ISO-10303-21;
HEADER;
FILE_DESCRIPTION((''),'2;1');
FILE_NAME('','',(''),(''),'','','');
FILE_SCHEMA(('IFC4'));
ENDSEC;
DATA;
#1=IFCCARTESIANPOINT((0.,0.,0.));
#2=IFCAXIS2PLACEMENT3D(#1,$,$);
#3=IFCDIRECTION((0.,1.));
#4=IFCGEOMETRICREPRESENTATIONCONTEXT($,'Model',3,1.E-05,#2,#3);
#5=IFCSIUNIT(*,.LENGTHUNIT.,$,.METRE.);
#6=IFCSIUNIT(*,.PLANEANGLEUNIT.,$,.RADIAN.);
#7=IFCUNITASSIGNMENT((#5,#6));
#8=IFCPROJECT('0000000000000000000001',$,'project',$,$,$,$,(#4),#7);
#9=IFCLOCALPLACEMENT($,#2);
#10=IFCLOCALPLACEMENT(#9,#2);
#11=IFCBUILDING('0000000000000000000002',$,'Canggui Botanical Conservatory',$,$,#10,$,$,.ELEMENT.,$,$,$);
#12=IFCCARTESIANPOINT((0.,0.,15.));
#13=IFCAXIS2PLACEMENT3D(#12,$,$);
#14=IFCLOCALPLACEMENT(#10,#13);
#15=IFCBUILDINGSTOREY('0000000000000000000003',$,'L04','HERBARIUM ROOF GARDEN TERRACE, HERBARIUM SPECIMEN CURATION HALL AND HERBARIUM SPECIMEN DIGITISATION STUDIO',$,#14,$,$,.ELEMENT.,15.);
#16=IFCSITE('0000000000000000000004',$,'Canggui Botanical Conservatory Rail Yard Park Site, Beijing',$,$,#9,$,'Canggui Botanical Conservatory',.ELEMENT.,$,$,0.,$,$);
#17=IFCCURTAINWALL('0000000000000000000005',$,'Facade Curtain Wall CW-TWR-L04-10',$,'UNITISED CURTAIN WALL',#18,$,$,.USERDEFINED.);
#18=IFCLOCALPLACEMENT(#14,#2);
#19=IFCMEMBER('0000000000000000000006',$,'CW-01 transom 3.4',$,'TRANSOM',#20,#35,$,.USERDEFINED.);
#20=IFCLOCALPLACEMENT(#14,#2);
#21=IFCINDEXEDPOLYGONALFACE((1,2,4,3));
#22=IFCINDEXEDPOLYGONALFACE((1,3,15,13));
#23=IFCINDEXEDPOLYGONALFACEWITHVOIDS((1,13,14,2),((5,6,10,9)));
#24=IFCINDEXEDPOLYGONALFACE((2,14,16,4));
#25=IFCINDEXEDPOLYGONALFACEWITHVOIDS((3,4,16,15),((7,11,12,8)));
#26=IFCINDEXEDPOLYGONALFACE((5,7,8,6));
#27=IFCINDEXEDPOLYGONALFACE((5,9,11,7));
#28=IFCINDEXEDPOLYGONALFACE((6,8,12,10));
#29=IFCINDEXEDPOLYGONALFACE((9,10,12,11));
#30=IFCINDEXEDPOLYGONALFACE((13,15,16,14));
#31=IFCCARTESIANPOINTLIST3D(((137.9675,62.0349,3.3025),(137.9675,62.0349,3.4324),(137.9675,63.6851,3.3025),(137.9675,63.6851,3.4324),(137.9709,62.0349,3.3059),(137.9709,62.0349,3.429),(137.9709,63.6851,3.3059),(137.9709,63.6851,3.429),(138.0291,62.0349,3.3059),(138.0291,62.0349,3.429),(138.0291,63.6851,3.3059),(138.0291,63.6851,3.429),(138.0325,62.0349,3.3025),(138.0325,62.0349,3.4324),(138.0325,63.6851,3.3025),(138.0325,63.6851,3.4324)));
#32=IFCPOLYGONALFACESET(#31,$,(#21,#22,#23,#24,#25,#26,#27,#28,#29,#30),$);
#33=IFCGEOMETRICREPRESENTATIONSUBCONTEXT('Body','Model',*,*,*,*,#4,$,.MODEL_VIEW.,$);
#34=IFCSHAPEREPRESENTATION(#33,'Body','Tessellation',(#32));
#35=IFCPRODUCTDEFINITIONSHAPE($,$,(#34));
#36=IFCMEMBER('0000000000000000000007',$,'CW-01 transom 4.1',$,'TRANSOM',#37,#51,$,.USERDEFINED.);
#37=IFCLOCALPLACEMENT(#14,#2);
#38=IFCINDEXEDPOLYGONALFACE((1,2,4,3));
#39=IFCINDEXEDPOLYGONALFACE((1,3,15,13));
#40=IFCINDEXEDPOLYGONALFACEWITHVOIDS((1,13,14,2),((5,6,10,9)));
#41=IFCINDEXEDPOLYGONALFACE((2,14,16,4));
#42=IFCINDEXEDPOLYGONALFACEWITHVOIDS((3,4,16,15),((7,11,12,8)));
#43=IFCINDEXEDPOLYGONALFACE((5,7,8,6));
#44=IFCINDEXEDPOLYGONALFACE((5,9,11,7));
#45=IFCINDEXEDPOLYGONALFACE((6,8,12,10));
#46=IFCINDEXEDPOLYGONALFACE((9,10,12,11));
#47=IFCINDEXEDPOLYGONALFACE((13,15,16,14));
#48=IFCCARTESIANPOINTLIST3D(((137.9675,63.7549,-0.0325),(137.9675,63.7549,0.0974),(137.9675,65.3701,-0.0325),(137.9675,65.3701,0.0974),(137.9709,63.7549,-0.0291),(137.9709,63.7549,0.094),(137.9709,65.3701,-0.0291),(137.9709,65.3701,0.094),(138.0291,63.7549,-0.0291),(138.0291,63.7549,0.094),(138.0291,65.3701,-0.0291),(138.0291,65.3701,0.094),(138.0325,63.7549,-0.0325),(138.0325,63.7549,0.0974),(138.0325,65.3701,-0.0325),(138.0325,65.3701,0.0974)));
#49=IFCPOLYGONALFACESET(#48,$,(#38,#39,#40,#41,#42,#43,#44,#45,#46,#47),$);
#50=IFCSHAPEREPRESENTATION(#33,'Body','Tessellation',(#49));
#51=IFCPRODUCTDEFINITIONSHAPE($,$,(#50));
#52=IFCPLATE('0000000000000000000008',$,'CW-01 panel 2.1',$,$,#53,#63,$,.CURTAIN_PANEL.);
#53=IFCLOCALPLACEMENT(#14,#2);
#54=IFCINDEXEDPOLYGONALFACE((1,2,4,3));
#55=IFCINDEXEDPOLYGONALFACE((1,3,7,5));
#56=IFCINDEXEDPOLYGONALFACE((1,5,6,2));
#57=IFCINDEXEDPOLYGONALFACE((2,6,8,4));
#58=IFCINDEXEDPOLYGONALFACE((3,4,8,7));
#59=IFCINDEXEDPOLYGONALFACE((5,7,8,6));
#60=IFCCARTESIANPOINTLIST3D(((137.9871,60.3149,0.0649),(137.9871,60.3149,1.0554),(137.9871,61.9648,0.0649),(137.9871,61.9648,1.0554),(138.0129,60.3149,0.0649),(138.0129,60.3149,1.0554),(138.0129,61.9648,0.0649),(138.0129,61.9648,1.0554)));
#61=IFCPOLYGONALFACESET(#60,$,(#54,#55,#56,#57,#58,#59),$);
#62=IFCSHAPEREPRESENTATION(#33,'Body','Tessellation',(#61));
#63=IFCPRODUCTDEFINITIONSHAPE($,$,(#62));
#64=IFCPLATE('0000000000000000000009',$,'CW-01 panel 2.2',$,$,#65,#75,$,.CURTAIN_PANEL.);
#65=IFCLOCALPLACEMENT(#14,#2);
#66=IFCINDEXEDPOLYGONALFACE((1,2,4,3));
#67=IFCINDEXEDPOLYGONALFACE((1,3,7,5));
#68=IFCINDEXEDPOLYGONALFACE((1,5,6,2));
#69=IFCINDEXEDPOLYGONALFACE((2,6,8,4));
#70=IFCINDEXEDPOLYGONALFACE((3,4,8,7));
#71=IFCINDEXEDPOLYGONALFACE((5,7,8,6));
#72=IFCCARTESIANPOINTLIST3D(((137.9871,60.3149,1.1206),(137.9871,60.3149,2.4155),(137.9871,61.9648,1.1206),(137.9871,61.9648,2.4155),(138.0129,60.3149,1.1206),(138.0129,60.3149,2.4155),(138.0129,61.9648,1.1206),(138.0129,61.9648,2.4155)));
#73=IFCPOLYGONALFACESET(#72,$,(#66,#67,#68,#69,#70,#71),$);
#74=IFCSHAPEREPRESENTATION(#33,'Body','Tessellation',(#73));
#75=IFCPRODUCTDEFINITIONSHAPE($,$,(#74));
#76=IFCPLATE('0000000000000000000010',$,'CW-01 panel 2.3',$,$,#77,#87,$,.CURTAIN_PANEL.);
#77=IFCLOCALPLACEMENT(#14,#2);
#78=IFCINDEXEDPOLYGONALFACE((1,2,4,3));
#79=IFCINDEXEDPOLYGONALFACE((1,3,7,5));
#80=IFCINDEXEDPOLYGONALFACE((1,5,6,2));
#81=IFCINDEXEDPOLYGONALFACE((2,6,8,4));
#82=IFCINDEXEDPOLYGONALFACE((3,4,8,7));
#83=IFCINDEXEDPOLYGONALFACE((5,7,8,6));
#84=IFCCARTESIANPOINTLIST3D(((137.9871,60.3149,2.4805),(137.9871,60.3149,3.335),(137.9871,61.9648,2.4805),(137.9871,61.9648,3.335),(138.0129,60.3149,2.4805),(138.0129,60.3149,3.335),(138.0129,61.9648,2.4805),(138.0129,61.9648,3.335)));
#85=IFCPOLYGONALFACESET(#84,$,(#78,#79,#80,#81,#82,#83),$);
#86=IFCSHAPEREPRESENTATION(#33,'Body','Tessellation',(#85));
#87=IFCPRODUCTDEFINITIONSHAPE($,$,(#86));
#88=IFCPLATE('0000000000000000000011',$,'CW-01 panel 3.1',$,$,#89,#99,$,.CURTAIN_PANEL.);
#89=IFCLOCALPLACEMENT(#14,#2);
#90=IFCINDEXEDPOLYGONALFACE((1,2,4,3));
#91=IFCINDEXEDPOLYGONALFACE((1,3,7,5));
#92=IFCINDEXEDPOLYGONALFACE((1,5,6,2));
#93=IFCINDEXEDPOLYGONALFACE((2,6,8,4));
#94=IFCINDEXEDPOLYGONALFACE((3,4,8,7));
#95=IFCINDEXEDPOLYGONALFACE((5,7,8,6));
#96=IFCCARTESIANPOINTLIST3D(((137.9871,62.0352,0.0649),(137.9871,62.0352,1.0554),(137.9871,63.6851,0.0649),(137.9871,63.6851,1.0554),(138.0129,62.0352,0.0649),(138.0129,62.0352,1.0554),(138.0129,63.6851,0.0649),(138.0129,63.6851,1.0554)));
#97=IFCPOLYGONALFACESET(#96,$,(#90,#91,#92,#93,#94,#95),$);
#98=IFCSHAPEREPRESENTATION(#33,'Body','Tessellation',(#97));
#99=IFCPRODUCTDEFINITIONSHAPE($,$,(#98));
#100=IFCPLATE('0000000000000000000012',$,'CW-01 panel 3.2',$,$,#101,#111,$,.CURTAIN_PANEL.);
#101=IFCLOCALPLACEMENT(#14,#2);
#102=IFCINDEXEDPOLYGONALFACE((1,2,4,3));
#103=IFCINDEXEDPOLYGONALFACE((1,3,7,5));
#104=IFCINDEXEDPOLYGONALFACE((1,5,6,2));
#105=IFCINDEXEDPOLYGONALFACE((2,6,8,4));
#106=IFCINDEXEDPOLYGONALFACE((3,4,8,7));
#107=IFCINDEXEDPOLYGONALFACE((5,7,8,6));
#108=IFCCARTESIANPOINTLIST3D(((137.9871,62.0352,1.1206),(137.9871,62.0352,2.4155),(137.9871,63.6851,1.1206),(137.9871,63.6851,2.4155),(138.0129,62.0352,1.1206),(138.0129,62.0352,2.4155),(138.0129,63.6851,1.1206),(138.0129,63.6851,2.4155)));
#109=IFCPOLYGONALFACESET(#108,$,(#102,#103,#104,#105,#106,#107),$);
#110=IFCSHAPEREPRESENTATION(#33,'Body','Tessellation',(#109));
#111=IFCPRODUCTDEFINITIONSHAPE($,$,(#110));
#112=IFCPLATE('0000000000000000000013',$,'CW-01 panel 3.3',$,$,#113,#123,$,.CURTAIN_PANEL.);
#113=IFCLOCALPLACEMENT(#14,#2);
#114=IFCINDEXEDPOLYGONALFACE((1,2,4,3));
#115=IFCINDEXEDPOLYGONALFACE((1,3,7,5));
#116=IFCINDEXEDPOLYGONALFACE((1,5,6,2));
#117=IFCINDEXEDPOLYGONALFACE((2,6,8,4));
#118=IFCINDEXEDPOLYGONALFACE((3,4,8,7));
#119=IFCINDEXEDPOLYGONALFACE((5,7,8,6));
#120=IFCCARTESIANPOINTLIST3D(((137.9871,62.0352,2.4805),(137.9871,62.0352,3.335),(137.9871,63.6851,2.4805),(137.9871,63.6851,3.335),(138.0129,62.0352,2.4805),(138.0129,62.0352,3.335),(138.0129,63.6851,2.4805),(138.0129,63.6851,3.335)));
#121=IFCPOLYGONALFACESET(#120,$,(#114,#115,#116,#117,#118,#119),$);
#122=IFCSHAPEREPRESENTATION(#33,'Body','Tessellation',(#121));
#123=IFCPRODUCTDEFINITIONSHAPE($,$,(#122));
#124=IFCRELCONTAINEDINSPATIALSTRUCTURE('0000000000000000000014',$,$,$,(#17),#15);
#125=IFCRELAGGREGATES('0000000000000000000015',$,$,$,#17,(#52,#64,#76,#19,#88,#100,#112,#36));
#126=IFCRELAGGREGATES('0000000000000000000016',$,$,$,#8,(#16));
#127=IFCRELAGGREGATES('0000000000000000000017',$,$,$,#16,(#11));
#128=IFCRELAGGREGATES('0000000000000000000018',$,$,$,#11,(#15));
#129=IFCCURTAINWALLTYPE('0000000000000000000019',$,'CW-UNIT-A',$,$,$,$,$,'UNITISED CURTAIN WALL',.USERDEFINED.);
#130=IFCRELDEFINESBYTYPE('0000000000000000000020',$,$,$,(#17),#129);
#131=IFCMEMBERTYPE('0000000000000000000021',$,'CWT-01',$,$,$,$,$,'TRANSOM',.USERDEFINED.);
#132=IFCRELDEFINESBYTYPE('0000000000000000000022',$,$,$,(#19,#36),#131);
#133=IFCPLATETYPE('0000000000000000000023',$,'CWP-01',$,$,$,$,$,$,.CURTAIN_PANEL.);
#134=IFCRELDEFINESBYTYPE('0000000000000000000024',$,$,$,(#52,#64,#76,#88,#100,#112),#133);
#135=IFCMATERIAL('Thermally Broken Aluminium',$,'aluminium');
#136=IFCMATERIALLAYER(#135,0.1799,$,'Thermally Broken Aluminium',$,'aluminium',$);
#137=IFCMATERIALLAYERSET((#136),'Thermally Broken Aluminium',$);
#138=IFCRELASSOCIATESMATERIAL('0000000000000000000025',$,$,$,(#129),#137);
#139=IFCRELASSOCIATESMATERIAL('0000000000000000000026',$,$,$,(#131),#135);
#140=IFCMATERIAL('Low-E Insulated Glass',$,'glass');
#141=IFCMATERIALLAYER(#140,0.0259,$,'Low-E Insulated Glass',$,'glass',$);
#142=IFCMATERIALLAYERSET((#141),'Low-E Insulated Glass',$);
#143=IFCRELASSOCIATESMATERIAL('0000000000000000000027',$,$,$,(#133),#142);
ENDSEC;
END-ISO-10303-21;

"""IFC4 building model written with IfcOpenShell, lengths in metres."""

from ifc_helpers import new_model, si_unit, direction, frame, origin, origin_2d, place, context, subcontext, project, spatial, rectangle, hollow_rectangle, extrude, material, layer, layer_set, material_profile, profile_set, type_object, element, aggregate, save


model = new_model("IFC4")

# Units and contexts
model_context = context("Model", 3, precision=1e-05, world=origin(), true_north=direction((0.0, 1.0)))
body_context = subcontext(model_context, "Body", "Model", "MODEL_VIEW")
ifc_project = project(units=[si_unit("LENGTHUNIT", "METRE"), si_unit("PLANEANGLEUNIT", "RADIAN")], contexts=[model_context])

# Site, building, storey
site_placement = place(None, origin())
site = spatial("IfcSite", under=ifc_project, at=site_placement, Name="Canggui Botanical Conservatory Rail Yard Park Site, Beijing", LongName="Canggui Botanical Conservatory", CompositionType="ELEMENT", RefElevation=0.0)
building_placement = place(site_placement, origin())
building = spatial("IfcBuilding", under=site, at=building_placement, Name="Canggui Botanical Conservatory", CompositionType="ELEMENT")
storey_placement = place(building_placement, frame((0.0, 0.0, 15.0)))
storey = spatial("IfcBuildingStorey", under=building, at=storey_placement, Name="L04", Description="HERBARIUM ROOF GARDEN TERRACE, HERBARIUM SPECIMEN CURATION HALL AND HERBARIUM SPECIMEN DIGITISATION STUDIO", CompositionType="ELEMENT", Elevation=15.0)

# Curtain wall, members, plates
ifc_material_1 = material(Name="Thermally Broken Aluminium", Category="aluminium")
ifc_layer_1 = layer(ifc_material_1, 0.1799, Name="Thermally Broken Aluminium", Category="aluminium")
ifc_layer_set_1 = layer_set([ifc_layer_1], Name="Thermally Broken Aluminium")
curtain_wall_type = type_object("IfcCurtainWallType", Name="CW-UNIT-A", ElementType="UNITISED CURTAIN WALL", PredefinedType="USERDEFINED", material=ifc_layer_set_1)
curtain_wall_placement = place(storey_placement, origin())
curtain_wall = element("IfcCurtainWall", 1, at=curtain_wall_placement, inside=storey, type_object=curtain_wall_type, Name="Facade Curtain Wall CW-TWR-L04-10", ObjectType="UNITISED CURTAIN WALL", PredefinedType="USERDEFINED")
ifc_material_profile_1 = material_profile(ifc_material_1, hollow_rectangle(XDim=0.0649, YDim=0.1299, WallThickness=0.0034, at=origin_2d()), Name="CWT 65x130x3.5")
ifc_profile_set_1 = profile_set([ifc_material_profile_1], Name="Thermally Broken Aluminium")
member_type_1 = type_object("IfcMemberType", Name="CWT-01", ElementType="TRANSOM", PredefinedType="USERDEFINED", material=ifc_profile_set_1)
member_1_placement = place(storey_placement, frame((138.0, 62.0349, 3.3674), z_axis=(0.0, 1.0, 0.0), x_axis=(-1.0, 0.0, 0.0)))
member_1 = element("IfcMember", 2, at=member_1_placement, type_object=member_type_1, Name="CW-01 transom 3.4", ObjectType="TRANSOM", PredefinedType="USERDEFINED", context=body_context, shape_type="SweptSolid", body=[
    extrude(hollow_rectangle(XDim=0.0649, YDim=0.1299, WallThickness=0.0034, at=origin_2d()), origin(), (0.0, 0.0, 1.0), 1.6501),
])
member_2_placement = place(storey_placement, frame((138.0, 63.7549, 0.0325), z_axis=(0.0, 1.0, 0.0), x_axis=(-1.0, 0.0, 0.0)))
member_2 = element("IfcMember", 3, at=member_2_placement, type_object=member_type_1, Name="CW-01 transom 4.1", ObjectType="TRANSOM", PredefinedType="USERDEFINED", context=body_context, shape_type="SweptSolid", body=[
    extrude(hollow_rectangle(XDim=0.0649, YDim=0.1299, WallThickness=0.0034, at=origin_2d()), origin(), (0.0, 0.0, 1.0), 1.6152),
])
ifc_material_2 = material(Name="Low-E Insulated Glass", Category="glass")
ifc_layer_2 = layer(ifc_material_2, 0.0259, Name="Low-E Insulated Glass", Category="glass")
ifc_layer_set_2 = layer_set([ifc_layer_2], Name="Low-E Insulated Glass")
plate_type = type_object("IfcPlateType", Name="CWP-01", PredefinedType="CURTAIN_PANEL", material=ifc_layer_set_2)
plate_1_placement = place(storey_placement, frame((138.0, 61.1399, 0.0649), z_axis=(0.0, 0.0, 1.0), x_axis=(0.0, 1.0, 0.0)))
plate_1 = element("IfcPlate", 4, at=plate_1_placement, type_object=plate_type, Name="CW-01 panel 2.1", PredefinedType="CURTAIN_PANEL", context=body_context, shape_type="SweptSolid", body=[
    extrude(rectangle(XDim=1.6499, YDim=0.0259, at=origin_2d()), origin(), (0.0, 0.0, 1.0), 0.9905),
])
plate_2_placement = place(storey_placement, frame((138.0, 61.1399, 1.1206), z_axis=(0.0, 0.0, 1.0), x_axis=(0.0, 1.0, 0.0)))
plate_2 = element("IfcPlate", 5, at=plate_2_placement, type_object=plate_type, Name="CW-01 panel 2.2", PredefinedType="CURTAIN_PANEL", context=body_context, shape_type="SweptSolid", body=[
    extrude(rectangle(XDim=1.6499, YDim=0.0259, at=origin_2d()), origin(), (0.0, 0.0, 1.0), 1.2949),
])
plate_3_placement = place(storey_placement, frame((138.0, 61.1399, 2.4805), z_axis=(0.0, 0.0, 1.0), x_axis=(0.0, 1.0, 0.0)))
plate_3 = element("IfcPlate", 6, at=plate_3_placement, type_object=plate_type, Name="CW-01 panel 2.3", PredefinedType="CURTAIN_PANEL", context=body_context, shape_type="SweptSolid", body=[
    extrude(rectangle(XDim=1.6499, YDim=0.0259, at=origin_2d()), origin(), (0.0, 0.0, 1.0), 0.8545),
])
plate_4_placement = place(storey_placement, frame((138.0, 62.8601, 0.0649), z_axis=(0.0, 0.0, 1.0), x_axis=(0.0, 1.0, 0.0)))
plate_4 = element("IfcPlate", 7, at=plate_4_placement, type_object=plate_type, Name="CW-01 panel 3.1", PredefinedType="CURTAIN_PANEL", context=body_context, shape_type="SweptSolid", body=[
    extrude(rectangle(XDim=1.6499, YDim=0.0259, at=origin_2d()), origin(), (0.0, 0.0, 1.0), 0.9905),
])
plate_5_placement = place(storey_placement, frame((138.0, 62.8601, 1.1206), z_axis=(0.0, 0.0, 1.0), x_axis=(0.0, 1.0, 0.0)))
plate_5 = element("IfcPlate", 8, at=plate_5_placement, type_object=plate_type, Name="CW-01 panel 3.2", PredefinedType="CURTAIN_PANEL", context=body_context, shape_type="SweptSolid", body=[
    extrude(rectangle(XDim=1.6499, YDim=0.0259, at=origin_2d()), origin(), (0.0, 0.0, 1.0), 1.2949),
])
plate_6_placement = place(storey_placement, frame((138.0, 62.8601, 2.4805), z_axis=(0.0, 0.0, 1.0), x_axis=(0.0, 1.0, 0.0)))
plate_6 = element("IfcPlate", 9, at=plate_6_placement, type_object=plate_type, Name="CW-01 panel 3.3", PredefinedType="CURTAIN_PANEL", context=body_context, shape_type="SweptSolid", body=[
    extrude(rectangle(XDim=1.6499, YDim=0.0259, at=origin_2d()), origin(), (0.0, 0.0, 1.0), 0.8545),
])
aggregate(curtain_wall, [plate_1, plate_2, plate_3, member_1, plate_4, plate_5, plate_6, member_2])

save(model, "model.ifc")
